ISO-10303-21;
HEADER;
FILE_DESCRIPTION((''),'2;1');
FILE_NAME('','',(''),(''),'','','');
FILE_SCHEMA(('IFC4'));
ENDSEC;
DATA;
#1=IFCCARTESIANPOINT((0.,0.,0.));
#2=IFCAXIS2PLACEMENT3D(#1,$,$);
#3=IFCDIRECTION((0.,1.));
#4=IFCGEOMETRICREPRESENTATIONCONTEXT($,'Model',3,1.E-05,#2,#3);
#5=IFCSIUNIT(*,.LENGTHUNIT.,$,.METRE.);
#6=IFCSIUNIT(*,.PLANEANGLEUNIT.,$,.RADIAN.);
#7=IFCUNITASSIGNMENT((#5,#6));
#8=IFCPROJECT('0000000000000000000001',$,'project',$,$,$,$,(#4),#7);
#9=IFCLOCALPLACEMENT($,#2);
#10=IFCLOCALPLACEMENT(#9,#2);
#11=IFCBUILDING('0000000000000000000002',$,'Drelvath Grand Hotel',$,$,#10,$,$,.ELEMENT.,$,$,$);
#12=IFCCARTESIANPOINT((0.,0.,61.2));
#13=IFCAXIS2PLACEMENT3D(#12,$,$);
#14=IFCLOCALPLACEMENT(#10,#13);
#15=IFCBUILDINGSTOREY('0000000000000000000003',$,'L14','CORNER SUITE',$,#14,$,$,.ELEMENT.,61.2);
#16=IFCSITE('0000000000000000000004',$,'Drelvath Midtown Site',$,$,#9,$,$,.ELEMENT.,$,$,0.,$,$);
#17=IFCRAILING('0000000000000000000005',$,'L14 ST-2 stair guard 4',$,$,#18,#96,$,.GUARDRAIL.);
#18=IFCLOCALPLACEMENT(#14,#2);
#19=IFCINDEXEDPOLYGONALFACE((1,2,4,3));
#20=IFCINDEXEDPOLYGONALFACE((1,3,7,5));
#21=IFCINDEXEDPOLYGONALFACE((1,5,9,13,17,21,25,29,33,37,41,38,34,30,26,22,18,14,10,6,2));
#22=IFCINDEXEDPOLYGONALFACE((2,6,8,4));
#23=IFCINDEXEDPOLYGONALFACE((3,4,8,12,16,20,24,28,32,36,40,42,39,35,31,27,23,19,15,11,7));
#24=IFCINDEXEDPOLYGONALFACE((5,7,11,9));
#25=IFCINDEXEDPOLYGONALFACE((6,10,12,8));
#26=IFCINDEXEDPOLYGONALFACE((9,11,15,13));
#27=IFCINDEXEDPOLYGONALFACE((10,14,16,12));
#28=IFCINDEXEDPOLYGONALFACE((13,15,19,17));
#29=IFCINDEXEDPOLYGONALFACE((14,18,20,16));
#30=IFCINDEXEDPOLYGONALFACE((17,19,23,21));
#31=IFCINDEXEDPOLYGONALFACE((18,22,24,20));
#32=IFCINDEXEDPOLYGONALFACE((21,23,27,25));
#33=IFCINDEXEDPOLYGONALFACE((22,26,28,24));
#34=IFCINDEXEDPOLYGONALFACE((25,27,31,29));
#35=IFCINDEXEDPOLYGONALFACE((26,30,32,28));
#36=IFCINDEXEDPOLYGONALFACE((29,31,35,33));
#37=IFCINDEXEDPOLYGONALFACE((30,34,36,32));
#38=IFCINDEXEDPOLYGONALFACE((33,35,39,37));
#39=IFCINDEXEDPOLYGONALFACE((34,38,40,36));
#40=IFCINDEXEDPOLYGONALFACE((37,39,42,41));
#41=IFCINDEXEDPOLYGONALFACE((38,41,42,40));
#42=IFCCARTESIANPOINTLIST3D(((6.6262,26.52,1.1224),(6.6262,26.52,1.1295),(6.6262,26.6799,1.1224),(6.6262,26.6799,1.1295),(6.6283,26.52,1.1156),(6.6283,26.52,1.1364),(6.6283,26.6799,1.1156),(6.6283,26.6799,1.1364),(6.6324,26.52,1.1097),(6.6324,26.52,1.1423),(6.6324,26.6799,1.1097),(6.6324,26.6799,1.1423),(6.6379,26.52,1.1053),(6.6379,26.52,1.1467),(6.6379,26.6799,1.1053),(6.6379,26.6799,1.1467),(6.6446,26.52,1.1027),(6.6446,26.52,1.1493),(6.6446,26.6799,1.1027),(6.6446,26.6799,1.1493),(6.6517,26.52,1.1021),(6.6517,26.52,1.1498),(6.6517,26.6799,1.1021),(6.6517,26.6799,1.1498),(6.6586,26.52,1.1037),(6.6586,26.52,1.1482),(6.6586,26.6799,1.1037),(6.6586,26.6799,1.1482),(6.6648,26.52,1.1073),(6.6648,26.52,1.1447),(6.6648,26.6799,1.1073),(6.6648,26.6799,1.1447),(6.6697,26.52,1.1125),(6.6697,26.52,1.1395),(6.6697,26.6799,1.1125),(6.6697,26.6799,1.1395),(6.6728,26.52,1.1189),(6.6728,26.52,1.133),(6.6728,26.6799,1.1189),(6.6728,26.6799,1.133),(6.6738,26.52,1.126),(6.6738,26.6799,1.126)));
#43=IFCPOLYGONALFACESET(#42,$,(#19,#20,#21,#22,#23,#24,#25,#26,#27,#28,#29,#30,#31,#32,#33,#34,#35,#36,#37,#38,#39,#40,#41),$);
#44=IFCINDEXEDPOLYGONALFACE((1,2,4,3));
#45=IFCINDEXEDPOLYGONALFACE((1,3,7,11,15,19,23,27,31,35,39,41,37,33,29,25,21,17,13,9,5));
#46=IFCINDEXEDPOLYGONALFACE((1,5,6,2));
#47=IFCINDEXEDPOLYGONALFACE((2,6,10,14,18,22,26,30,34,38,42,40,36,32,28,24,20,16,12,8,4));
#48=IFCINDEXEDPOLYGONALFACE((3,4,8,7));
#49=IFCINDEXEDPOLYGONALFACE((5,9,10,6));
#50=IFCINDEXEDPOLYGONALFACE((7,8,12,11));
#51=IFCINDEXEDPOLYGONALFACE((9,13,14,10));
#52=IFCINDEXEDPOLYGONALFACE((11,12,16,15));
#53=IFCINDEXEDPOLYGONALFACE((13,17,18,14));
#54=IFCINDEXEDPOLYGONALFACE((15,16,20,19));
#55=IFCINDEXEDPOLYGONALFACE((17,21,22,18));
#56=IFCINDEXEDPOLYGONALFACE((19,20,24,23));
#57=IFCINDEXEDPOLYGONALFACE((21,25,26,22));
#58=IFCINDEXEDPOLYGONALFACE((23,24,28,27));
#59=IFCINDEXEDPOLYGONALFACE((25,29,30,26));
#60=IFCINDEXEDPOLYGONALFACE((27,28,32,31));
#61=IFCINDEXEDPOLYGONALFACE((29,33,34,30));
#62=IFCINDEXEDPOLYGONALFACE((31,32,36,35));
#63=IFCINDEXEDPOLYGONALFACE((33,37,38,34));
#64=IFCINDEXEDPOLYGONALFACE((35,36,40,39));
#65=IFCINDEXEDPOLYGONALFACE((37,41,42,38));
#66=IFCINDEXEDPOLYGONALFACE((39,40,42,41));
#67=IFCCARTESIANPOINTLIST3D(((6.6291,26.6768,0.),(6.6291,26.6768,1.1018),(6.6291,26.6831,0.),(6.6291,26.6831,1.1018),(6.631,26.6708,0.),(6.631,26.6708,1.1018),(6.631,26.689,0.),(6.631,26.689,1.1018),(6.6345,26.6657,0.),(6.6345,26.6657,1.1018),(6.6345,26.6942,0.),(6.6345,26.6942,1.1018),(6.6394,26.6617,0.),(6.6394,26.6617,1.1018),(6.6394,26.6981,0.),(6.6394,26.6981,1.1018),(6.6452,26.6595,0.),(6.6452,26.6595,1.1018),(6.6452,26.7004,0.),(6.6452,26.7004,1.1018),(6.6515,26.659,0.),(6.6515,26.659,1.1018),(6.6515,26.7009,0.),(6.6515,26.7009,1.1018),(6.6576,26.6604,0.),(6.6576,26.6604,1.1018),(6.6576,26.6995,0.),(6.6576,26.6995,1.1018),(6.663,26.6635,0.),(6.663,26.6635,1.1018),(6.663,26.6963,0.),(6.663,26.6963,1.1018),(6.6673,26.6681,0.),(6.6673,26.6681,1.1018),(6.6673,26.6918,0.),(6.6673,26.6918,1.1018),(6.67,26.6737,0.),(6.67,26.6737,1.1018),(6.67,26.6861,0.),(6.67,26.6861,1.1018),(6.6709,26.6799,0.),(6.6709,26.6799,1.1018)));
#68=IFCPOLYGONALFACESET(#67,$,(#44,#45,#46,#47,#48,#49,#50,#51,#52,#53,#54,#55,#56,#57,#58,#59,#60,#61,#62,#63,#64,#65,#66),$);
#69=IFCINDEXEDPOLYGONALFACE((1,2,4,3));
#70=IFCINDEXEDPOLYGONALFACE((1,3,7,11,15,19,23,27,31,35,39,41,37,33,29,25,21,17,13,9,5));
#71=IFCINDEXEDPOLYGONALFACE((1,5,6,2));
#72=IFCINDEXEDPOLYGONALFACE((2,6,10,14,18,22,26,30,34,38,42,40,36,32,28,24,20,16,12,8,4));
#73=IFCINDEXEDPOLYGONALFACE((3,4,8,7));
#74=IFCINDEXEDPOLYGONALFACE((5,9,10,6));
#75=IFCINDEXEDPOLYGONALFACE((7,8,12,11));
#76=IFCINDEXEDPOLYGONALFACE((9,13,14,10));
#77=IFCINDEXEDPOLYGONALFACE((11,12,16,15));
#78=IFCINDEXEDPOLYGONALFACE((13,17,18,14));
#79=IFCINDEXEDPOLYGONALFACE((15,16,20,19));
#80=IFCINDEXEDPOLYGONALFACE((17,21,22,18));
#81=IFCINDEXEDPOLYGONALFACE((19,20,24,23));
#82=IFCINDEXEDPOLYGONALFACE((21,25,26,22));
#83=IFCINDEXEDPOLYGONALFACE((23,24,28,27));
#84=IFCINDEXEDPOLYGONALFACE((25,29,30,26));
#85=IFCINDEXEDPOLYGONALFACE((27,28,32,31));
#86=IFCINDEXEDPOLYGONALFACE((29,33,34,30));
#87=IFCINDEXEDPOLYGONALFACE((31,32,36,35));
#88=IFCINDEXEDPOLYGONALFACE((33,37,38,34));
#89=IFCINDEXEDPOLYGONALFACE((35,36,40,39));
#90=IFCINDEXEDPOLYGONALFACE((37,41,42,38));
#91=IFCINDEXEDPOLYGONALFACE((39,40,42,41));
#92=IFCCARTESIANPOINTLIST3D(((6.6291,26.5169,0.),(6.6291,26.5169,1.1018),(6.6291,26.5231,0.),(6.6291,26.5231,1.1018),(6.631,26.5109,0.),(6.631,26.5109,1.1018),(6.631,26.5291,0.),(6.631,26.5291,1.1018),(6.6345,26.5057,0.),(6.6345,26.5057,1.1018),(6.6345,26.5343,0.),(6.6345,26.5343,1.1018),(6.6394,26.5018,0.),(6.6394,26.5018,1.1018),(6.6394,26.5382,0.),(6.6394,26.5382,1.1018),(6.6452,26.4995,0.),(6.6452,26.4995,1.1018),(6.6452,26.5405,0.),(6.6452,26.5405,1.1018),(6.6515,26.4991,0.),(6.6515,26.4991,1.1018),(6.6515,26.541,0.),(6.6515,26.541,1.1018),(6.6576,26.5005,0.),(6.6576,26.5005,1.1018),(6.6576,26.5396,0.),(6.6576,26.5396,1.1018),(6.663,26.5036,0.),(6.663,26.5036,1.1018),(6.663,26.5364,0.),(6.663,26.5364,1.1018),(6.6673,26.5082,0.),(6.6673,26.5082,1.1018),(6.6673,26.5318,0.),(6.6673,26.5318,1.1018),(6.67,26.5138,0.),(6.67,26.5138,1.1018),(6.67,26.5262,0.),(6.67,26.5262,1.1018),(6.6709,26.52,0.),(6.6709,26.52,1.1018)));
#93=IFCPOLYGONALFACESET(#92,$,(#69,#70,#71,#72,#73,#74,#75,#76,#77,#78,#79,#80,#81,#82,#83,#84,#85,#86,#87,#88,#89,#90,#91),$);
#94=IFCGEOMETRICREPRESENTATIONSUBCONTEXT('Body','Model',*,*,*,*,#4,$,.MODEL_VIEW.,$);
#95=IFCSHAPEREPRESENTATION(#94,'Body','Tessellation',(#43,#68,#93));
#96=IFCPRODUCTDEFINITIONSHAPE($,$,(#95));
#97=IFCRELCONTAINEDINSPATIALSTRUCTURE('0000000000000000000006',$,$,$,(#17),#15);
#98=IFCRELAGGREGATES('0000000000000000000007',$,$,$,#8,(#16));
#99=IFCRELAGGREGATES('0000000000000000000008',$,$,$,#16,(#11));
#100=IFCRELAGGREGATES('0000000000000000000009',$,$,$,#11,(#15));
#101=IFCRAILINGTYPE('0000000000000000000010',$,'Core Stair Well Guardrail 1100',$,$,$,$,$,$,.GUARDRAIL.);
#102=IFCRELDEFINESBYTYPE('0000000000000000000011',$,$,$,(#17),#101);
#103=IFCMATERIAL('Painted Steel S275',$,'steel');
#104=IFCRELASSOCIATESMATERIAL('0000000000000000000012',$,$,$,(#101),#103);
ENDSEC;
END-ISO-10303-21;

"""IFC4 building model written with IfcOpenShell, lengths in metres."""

from ifc_helpers import new_model, si_unit, direction, frame, origin, origin_2d, place, context, subcontext, project, spatial, circle, extrude, material, type_object, element, save


model = new_model("IFC4")

# Units and contexts
model_context = context("Model", 3, precision=1e-05, world=origin(), true_north=direction((0.0, 1.0)))
body_context = subcontext(model_context, "Body", "Model", "MODEL_VIEW")
ifc_project = project(units=[si_unit("LENGTHUNIT", "METRE"), si_unit("PLANEANGLEUNIT", "RADIAN")], contexts=[model_context])

# Site, building, storey
site_placement = place(None, origin())
site = spatial("IfcSite", under=ifc_project, at=site_placement, Name="Drelvath Midtown Site", CompositionType="ELEMENT", RefElevation=0.0)
building_placement = place(site_placement, origin())
building = spatial("IfcBuilding", under=site, at=building_placement, Name="Drelvath Grand Hotel", CompositionType="ELEMENT")
storey_placement = place(building_placement, frame((0.0, 0.0, 61.2)))
storey = spatial("IfcBuildingStorey", under=building, at=storey_placement, Name="L14", Description="CORNER SUITE", CompositionType="ELEMENT", Elevation=61.2)

# Shared definitions
ifc_material_1 = material(Name="Painted Steel S275", Category="steel")

# Railing
railing_type_1 = type_object("IfcRailingType", Name="Core Stair Well Guardrail 1100", PredefinedType="GUARDRAIL", material=ifc_material_1)
railing_1_placement = place(storey_placement, frame((6.6499, 26.6799, 0.0)))
element("IfcRailing", 1, at=railing_1_placement, inside=storey, type_object=railing_type_1, Name="L14 ST-2 stair guard 4", PredefinedType="GUARDRAIL", context=body_context, shape_type="SweptSolid", body=[
    extrude(circle(Radius=0.0239, at=origin_2d()), frame((0.0, 0.0, 1.126), z_axis=(0.0, -1.0, 0.0), x_axis=(1.0, 0.0, 0.0)), (0.0, 0.0, 1.0), 0.1599),
    extrude(circle(Radius=0.021, at=origin_2d()), origin(), (0.0, 0.0, 1.0), 1.1018),
    extrude(circle(Radius=0.021, at=origin_2d()), frame((0.0, -0.1599, 0.0)), (0.0, 0.0, 1.0), 1.1018),
])

save(model, "model.ifc")
